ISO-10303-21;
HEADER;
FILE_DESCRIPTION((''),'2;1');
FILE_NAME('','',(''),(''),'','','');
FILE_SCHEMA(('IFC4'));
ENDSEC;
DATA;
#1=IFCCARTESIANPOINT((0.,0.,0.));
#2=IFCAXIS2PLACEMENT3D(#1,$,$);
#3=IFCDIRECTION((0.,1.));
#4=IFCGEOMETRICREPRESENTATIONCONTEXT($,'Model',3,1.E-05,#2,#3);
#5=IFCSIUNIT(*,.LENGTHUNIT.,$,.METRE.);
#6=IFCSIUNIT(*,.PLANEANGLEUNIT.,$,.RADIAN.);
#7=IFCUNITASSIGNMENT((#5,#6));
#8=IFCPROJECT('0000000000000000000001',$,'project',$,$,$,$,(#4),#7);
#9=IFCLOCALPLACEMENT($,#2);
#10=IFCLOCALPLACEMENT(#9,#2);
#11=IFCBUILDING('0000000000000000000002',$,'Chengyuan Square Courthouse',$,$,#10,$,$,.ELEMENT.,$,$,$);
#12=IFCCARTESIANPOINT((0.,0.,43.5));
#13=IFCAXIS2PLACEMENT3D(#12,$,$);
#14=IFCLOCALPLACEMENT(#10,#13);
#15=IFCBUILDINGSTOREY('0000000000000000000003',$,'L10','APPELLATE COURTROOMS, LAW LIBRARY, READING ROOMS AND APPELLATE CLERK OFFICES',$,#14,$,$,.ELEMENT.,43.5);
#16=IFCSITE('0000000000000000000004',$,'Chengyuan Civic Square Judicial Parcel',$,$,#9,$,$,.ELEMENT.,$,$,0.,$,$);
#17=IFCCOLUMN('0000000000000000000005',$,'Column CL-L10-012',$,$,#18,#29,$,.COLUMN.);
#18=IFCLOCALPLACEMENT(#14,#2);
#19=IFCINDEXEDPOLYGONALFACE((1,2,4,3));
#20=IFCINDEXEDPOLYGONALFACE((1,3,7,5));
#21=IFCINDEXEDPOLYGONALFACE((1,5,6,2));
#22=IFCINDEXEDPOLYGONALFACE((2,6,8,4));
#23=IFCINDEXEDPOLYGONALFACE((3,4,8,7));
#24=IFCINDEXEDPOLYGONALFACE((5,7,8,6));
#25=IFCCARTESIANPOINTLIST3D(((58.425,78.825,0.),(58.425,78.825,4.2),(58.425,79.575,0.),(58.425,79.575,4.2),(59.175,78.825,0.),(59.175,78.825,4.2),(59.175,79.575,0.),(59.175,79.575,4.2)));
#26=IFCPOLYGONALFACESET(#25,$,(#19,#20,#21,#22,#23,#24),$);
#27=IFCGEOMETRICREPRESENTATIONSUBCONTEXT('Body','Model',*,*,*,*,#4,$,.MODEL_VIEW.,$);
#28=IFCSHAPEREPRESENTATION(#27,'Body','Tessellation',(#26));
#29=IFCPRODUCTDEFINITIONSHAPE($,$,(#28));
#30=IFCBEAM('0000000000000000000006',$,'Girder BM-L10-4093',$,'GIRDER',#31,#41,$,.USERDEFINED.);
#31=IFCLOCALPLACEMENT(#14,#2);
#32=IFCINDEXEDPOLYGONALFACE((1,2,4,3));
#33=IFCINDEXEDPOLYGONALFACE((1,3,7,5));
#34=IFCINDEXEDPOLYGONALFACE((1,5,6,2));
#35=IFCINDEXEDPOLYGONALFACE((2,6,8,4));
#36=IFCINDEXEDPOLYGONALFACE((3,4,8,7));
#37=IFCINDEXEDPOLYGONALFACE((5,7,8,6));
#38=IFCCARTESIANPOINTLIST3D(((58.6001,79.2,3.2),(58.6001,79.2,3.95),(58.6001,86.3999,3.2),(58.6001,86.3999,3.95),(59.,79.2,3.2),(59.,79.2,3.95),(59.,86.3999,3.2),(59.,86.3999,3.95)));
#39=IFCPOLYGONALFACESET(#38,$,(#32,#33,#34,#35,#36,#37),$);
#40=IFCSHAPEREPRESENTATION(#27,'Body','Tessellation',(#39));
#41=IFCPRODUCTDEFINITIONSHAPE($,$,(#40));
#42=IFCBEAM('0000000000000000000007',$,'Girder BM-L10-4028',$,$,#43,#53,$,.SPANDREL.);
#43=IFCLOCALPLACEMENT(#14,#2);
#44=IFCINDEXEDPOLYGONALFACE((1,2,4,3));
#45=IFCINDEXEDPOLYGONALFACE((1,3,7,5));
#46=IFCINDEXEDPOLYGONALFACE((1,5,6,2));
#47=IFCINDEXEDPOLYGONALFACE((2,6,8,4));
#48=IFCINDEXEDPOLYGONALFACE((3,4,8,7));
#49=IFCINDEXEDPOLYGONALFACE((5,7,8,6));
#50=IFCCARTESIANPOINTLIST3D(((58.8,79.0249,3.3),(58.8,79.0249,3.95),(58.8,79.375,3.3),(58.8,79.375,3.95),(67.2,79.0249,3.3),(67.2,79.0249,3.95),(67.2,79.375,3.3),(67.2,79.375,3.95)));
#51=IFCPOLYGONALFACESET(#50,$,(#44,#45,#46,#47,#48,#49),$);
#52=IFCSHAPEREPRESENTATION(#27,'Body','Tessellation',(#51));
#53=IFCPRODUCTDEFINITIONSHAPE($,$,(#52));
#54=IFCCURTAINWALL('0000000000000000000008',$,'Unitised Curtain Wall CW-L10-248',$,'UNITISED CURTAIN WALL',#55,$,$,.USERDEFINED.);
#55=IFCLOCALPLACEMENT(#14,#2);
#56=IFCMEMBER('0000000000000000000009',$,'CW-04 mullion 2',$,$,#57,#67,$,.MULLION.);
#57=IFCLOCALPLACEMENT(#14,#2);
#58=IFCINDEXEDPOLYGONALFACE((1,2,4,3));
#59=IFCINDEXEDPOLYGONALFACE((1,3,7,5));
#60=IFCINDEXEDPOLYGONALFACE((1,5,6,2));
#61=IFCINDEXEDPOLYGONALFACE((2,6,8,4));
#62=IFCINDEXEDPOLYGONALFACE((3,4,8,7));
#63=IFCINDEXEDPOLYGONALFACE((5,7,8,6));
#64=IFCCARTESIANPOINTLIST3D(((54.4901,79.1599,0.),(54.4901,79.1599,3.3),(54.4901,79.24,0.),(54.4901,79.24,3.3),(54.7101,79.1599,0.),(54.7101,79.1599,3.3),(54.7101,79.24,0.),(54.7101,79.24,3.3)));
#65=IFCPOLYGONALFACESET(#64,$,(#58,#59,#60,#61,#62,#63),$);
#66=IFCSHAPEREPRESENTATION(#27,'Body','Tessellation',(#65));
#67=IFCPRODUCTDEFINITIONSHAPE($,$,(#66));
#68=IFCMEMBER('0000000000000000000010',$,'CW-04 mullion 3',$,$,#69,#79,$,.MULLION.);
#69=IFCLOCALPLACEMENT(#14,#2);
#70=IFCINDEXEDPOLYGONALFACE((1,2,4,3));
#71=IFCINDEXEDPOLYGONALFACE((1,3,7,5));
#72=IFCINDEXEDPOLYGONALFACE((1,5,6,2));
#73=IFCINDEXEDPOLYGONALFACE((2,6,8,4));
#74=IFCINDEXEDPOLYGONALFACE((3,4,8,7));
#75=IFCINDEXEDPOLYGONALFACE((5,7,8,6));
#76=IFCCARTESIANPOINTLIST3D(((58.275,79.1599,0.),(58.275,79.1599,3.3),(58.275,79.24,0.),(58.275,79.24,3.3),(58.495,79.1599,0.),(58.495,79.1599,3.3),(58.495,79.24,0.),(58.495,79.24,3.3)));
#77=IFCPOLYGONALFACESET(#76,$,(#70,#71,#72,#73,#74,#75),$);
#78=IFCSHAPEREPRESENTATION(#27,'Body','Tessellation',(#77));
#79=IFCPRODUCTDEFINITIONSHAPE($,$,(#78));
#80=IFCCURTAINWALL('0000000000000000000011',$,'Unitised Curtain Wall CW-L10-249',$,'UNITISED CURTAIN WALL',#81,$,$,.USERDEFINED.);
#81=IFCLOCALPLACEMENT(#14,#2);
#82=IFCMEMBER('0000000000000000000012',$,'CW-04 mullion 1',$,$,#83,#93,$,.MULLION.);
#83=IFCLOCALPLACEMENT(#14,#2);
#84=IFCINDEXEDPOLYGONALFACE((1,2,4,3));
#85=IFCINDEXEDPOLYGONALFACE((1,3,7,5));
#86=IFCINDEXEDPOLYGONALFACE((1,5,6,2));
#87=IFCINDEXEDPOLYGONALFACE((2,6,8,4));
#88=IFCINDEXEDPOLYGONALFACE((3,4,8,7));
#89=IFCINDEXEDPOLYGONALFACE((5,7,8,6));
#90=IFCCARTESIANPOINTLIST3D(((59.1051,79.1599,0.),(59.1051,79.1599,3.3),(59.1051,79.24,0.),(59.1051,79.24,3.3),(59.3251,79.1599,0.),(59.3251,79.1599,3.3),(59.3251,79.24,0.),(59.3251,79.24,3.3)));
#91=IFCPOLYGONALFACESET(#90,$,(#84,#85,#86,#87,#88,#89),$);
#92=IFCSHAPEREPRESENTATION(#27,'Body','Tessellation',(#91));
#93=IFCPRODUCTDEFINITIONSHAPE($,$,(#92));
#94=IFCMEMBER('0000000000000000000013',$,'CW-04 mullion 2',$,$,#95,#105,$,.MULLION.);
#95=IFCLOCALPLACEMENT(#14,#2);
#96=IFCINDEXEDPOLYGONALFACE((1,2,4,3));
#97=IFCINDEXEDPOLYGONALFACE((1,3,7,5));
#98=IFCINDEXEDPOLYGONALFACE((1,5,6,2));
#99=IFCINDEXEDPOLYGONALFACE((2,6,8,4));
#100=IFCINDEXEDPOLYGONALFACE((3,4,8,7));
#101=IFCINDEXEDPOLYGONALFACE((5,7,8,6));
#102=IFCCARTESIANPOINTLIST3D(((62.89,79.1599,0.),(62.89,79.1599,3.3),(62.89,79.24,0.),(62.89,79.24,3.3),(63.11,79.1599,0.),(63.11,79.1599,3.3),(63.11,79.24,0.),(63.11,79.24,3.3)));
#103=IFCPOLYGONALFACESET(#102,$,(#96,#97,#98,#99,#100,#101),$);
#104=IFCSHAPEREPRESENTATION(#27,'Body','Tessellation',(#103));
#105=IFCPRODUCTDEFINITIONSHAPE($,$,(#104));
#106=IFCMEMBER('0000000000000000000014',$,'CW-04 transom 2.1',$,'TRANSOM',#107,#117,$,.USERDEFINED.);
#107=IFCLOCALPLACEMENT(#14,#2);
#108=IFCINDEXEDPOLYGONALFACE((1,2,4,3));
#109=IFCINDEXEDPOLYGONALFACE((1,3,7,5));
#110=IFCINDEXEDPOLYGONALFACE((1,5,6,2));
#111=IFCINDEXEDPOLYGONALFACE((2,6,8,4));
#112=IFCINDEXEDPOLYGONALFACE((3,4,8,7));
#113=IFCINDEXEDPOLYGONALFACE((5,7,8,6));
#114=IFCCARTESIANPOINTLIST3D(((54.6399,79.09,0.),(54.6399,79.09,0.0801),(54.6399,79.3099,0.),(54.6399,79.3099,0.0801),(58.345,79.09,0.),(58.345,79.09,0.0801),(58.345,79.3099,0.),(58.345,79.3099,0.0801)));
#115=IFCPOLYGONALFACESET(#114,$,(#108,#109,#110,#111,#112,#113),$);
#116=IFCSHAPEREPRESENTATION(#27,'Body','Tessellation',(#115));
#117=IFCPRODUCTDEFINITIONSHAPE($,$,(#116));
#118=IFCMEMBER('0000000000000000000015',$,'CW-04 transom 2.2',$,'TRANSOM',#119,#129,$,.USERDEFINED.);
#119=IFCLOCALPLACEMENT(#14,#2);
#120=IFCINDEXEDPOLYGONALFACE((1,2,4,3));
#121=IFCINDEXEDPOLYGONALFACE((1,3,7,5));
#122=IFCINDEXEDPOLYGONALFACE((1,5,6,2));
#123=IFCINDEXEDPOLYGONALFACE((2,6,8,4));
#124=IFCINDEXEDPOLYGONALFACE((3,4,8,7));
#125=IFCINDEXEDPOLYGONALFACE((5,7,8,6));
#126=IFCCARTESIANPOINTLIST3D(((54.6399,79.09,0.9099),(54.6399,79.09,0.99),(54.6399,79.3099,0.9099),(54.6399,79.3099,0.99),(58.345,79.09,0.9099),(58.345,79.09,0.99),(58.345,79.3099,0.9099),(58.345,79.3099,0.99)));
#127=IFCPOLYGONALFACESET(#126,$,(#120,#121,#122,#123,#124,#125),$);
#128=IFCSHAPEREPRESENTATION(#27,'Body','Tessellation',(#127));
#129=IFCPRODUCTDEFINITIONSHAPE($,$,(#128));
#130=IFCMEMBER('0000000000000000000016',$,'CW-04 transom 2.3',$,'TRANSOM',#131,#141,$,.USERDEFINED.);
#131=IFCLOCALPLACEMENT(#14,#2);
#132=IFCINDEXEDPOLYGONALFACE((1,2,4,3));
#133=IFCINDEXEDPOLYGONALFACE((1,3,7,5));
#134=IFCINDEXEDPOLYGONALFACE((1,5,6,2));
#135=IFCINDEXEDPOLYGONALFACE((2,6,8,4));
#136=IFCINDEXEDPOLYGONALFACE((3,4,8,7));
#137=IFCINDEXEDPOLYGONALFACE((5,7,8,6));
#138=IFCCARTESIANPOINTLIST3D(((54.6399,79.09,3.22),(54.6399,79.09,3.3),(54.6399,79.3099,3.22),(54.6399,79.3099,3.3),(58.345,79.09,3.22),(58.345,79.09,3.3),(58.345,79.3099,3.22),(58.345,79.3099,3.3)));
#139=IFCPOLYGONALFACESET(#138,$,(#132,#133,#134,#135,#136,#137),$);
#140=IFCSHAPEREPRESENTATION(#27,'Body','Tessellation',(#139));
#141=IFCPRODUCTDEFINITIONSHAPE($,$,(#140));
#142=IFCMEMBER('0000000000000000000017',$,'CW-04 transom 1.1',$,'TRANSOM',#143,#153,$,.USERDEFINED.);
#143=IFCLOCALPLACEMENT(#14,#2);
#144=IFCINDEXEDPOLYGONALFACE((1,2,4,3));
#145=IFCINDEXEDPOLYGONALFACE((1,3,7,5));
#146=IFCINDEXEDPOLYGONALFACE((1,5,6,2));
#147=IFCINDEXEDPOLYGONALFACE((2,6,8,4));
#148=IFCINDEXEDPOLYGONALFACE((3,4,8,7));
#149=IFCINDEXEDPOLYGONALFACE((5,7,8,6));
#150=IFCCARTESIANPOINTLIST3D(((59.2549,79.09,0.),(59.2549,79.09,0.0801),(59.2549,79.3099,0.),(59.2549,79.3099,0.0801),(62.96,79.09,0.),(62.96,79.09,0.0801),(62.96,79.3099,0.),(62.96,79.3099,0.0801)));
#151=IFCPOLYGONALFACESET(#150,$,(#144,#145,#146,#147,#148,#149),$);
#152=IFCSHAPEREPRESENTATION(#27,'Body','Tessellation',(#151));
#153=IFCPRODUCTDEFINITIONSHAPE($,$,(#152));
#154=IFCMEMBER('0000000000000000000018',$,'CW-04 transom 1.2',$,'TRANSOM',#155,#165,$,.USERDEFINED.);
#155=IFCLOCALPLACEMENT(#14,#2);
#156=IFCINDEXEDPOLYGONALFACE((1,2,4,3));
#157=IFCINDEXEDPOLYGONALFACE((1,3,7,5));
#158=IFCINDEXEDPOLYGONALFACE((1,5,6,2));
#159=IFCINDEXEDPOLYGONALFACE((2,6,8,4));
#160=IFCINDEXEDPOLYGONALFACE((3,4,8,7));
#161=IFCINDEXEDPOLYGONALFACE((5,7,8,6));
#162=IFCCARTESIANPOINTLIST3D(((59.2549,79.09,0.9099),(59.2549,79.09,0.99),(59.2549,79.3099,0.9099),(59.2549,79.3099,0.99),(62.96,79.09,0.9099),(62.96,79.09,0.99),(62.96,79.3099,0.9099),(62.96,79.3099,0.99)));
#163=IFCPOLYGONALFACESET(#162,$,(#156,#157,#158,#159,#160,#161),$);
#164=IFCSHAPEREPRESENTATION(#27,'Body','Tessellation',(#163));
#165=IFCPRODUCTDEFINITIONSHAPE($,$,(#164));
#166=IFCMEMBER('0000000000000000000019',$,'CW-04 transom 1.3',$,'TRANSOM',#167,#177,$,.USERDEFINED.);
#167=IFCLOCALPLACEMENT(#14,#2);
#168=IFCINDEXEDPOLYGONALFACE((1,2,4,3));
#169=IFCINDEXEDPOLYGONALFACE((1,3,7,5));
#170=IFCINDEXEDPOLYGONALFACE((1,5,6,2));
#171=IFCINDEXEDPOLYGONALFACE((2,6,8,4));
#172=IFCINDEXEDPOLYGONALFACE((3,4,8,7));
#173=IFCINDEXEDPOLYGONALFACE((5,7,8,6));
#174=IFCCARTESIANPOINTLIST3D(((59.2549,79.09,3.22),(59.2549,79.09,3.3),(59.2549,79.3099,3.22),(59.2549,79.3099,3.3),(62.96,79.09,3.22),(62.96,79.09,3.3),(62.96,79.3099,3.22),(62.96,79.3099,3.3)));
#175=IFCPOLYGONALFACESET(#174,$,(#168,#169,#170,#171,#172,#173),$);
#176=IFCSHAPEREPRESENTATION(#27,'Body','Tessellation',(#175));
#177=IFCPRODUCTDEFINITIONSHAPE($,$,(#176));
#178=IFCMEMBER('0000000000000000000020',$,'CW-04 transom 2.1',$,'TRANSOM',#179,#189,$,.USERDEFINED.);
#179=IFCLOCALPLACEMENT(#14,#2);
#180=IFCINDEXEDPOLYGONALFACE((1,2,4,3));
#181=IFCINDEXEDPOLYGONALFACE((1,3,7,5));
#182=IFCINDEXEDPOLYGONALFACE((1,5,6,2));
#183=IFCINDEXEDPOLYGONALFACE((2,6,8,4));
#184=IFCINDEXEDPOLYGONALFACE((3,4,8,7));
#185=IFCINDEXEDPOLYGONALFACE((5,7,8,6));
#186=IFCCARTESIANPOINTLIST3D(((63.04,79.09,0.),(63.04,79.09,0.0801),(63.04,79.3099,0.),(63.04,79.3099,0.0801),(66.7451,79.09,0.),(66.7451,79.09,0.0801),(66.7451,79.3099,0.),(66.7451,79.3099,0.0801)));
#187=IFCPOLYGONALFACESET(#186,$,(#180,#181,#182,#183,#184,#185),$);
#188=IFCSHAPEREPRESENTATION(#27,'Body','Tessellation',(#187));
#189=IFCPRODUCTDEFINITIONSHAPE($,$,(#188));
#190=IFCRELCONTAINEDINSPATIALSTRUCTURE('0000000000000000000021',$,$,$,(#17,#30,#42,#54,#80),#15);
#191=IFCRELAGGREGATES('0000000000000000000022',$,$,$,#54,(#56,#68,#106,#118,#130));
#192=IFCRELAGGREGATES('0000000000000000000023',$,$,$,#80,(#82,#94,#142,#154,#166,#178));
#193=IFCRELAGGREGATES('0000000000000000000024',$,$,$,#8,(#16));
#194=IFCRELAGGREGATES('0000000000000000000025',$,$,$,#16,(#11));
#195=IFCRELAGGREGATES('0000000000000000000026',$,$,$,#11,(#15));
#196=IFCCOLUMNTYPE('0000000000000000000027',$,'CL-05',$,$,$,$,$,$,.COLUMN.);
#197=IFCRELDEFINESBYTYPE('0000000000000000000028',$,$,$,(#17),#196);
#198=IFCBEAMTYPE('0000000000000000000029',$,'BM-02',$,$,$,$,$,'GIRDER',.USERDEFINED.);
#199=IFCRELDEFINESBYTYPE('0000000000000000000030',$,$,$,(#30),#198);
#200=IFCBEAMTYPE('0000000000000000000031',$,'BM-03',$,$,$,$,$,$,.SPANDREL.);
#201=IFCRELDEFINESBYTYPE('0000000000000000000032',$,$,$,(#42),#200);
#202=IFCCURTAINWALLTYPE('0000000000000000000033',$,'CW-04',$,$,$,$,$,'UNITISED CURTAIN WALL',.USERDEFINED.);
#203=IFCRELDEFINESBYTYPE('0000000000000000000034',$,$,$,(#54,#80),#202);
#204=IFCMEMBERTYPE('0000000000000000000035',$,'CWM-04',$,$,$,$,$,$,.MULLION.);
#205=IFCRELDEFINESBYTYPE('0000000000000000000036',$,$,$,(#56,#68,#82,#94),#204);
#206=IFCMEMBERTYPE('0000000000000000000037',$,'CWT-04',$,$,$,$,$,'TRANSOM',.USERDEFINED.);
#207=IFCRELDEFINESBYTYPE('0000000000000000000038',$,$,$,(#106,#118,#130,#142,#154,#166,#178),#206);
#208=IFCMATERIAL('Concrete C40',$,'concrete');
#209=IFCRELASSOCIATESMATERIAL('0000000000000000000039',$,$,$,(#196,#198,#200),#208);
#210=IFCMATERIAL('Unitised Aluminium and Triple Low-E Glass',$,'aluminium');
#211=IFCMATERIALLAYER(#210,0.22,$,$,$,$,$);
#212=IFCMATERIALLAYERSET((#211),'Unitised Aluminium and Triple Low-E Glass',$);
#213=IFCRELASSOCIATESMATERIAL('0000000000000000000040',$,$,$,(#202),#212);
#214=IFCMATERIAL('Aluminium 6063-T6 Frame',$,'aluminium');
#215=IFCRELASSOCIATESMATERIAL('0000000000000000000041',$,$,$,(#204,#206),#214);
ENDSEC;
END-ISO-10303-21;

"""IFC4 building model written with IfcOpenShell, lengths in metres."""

from ifc_helpers import new_model, si_unit, direction, frame, origin, origin_2d, place, context, subcontext, project, spatial, rectangle, extrude, material, layer, layer_set, material_profile, profile_set, type_object, element, aggregate, save


model = new_model("IFC4")

# Units and contexts
model_context = context("Model", 3, precision=1e-05, world=origin(), true_north=direction((0.0, 1.0)))
body_context = subcontext(model_context, "Body", "Model", "MODEL_VIEW")
ifc_project = project(units=[si_unit("LENGTHUNIT", "METRE"), si_unit("PLANEANGLEUNIT", "RADIAN")], contexts=[model_context])

# Site, building, storey
site_placement = place(None, origin())
site = spatial("IfcSite", under=ifc_project, at=site_placement, Name="Chengyuan Civic Square Judicial Parcel", CompositionType="ELEMENT", RefElevation=0.0)
building_placement = place(site_placement, origin())
building = spatial("IfcBuilding", under=site, at=building_placement, Name="Chengyuan Square Courthouse", CompositionType="ELEMENT")
storey_placement = place(building_placement, frame((0.0, 0.0, 43.5)))
storey = spatial("IfcBuildingStorey", under=building, at=storey_placement, Name="L10", Description="APPELLATE COURTROOMS, LAW LIBRARY, READING ROOMS AND APPELLATE CLERK OFFICES", CompositionType="ELEMENT", Elevation=43.5)

# Column
ifc_material_1 = material(Name="Concrete C40", Category="concrete")
ifc_material_profile_1 = material_profile(ifc_material_1, rectangle(XDim=0.75, YDim=0.75, at=origin_2d()), Name="RC-COL-750x750")
ifc_profile_set_1 = profile_set([ifc_material_profile_1], Name="Concrete C40")
column_type = type_object("IfcColumnType", Name="CL-05", PredefinedType="COLUMN", material=ifc_profile_set_1)
column_placement = place(storey_placement, frame((58.8, 79.2, 0.0), z_axis=(0.0, 0.0, 1.0), x_axis=(1.0, 0.0, 0.0)))
element("IfcColumn", 1, at=column_placement, inside=storey, type_object=column_type, Name="Column CL-L10-012", PredefinedType="COLUMN", context=body_context, shape_type="SweptSolid", body=[
    extrude(rectangle(XDim=0.75, YDim=0.75, at=origin_2d()), origin(), (0.0, 0.0, 1.0), 4.2),
])

# Beams
ifc_material_profile_2 = material_profile(ifc_material_1, rectangle(XDim=0.3999, YDim=0.75, at=origin_2d()), Name="RC-BM-400x750")
ifc_profile_set_2 = profile_set([ifc_material_profile_2], Name="Concrete C40")
beam_type_1 = type_object("IfcBeamType", Name="BM-02", ElementType="GIRDER", PredefinedType="USERDEFINED", material=ifc_profile_set_2)
beam_1_placement = place(storey_placement, frame((58.8, 79.2, 3.575), z_axis=(0.0, 1.0, 0.0), x_axis=(-1.0, 0.0, 0.0)))
element("IfcBeam", 2, at=beam_1_placement, inside=storey, type_object=beam_type_1, Name="Girder BM-L10-4093", ObjectType="GIRDER", PredefinedType="USERDEFINED", context=body_context, shape_type="SweptSolid", body=[
    extrude(rectangle(XDim=0.3999, YDim=0.75, at=origin_2d()), origin(), (0.0, 0.0, 1.0), 7.2),
])
ifc_material_profile_3 = material_profile(ifc_material_1, rectangle(XDim=0.3501, YDim=0.6499, at=origin_2d()), Name="RC-BM-350x650")
ifc_profile_set_3 = profile_set([ifc_material_profile_3], Name="Concrete C40")
beam_type_2 = type_object("IfcBeamType", Name="BM-03", PredefinedType="SPANDREL", material=ifc_profile_set_3)
beam_2_placement = place(storey_placement, frame((58.8, 79.2, 3.625), z_axis=(1.0, 0.0, 0.0), x_axis=(0.0, 1.0, 0.0)))
element("IfcBeam", 3, at=beam_2_placement, inside=storey, type_object=beam_type_2, Name="Girder BM-L10-4028", PredefinedType="SPANDREL", context=body_context, shape_type="SweptSolid", body=[
    extrude(rectangle(XDim=0.3501, YDim=0.6499, at=origin_2d()), origin(), (0.0, 0.0, 1.0), 8.3999),
])

# Curtain walls, members
ifc_material_2 = material(Name="Unitised Aluminium and Triple Low-E Glass", Category="aluminium")
ifc_layer_1 = layer(ifc_material_2, 0.22)
ifc_layer_set_1 = layer_set([ifc_layer_1], Name="Unitised Aluminium and Triple Low-E Glass")
curtain_wall_type = type_object("IfcCurtainWallType", Name="CW-04", ElementType="UNITISED CURTAIN WALL", PredefinedType="USERDEFINED", material=ifc_layer_set_1)
curtain_wall_1_placement = place(storey_placement, origin())
curtain_wall_1 = element("IfcCurtainWall", 4, at=curtain_wall_1_placement, inside=storey, type_object=curtain_wall_type, Name="Unitised Curtain Wall CW-L10-248", ObjectType="UNITISED CURTAIN WALL", PredefinedType="USERDEFINED")
ifc_material_3 = material(Name="Aluminium 6063-T6 Frame", Category="aluminium")
ifc_material_profile_4 = material_profile(ifc_material_3, rectangle(XDim=0.0801, YDim=0.22, at=origin_2d()), Name="CW-MUL-80x220")
ifc_profile_set_4 = profile_set([ifc_material_profile_4], Name="Aluminium 6063-T6 Frame")
member_type_1 = type_object("IfcMemberType", Name="CWM-04", PredefinedType="MULLION", material=ifc_profile_set_4)
member_1_placement = place(storey_placement, frame((54.6001, 79.2, 0.0), z_axis=(0.0, 0.0, 1.0), x_axis=(0.0, 1.0, 0.0)))
member_1 = element("IfcMember", 5, at=member_1_placement, type_object=member_type_1, Name="CW-04 mullion 2", PredefinedType="MULLION", context=body_context, shape_type="SweptSolid", body=[
    extrude(rectangle(XDim=0.0801, YDim=0.22, at=origin_2d()), origin(), (0.0, 0.0, 1.0), 3.3),
])
member_2_placement = place(storey_placement, frame((58.385, 79.2, 0.0), z_axis=(0.0, 0.0, 1.0), x_axis=(0.0, 1.0, 0.0)))
member_2 = element("IfcMember", 6, at=member_2_placement, type_object=member_type_1, Name="CW-04 mullion 3", PredefinedType="MULLION", context=body_context, shape_type="SweptSolid", body=[
    extrude(rectangle(XDim=0.0801, YDim=0.22, at=origin_2d()), origin(), (0.0, 0.0, 1.0), 3.3),
])
curtain_wall_2_placement = place(storey_placement, origin())
curtain_wall_2 = element("IfcCurtainWall", 7, at=curtain_wall_2_placement, inside=storey, type_object=curtain_wall_type, Name="Unitised Curtain Wall CW-L10-249", ObjectType="UNITISED CURTAIN WALL", PredefinedType="USERDEFINED")
member_3_placement = place(storey_placement, frame((59.2151, 79.2, 0.0), z_axis=(0.0, 0.0, 1.0), x_axis=(0.0, 1.0, 0.0)))
member_3 = element("IfcMember", 8, at=member_3_placement, type_object=member_type_1, Name="CW-04 mullion 1", PredefinedType="MULLION", context=body_context, shape_type="SweptSolid", body=[
    extrude(rectangle(XDim=0.0801, YDim=0.22, at=origin_2d()), origin(), (0.0, 0.0, 1.0), 3.3),
])
member_4_placement = place(storey_placement, frame((63.0, 79.2, 0.0), z_axis=(0.0, 0.0, 1.0), x_axis=(0.0, 1.0, 0.0)))
member_4 = element("IfcMember", 9, at=member_4_placement, type_object=member_type_1, Name="CW-04 mullion 2", PredefinedType="MULLION", context=body_context, shape_type="SweptSolid", body=[
    extrude(rectangle(XDim=0.0801, YDim=0.22, at=origin_2d()), origin(), (0.0, 0.0, 1.0), 3.3),
])

# Members
ifc_material_profile_5 = material_profile(ifc_material_3, rectangle(XDim=0.22, YDim=0.0801, at=origin_2d()), Name="CW-TRN-80x180")
ifc_profile_set_5 = profile_set([ifc_material_profile_5], Name="Aluminium 6063-T6 Frame")
member_type_2 = type_object("IfcMemberType", Name="CWT-04", ElementType="TRANSOM", PredefinedType="USERDEFINED", material=ifc_profile_set_5)
member_5_placement = place(storey_placement, frame((54.6399, 79.2, 0.04), z_axis=(1.0, 0.0, 0.0), x_axis=(0.0, 1.0, 0.0)))
member_5 = element("IfcMember", 10, at=member_5_placement, type_object=member_type_2, Name="CW-04 transom 2.1", ObjectType="TRANSOM", PredefinedType="USERDEFINED", context=body_context, shape_type="SweptSolid", body=[
    extrude(rectangle(XDim=0.22, YDim=0.0801, at=origin_2d()), origin(), (0.0, 0.0, 1.0), 3.7051),
])
member_6_placement = place(storey_placement, frame((54.6399, 79.2, 0.95), z_axis=(1.0, 0.0, 0.0), x_axis=(0.0, 1.0, 0.0)))
member_6 = element("IfcMember", 11, at=member_6_placement, type_object=member_type_2, Name="CW-04 transom 2.2", ObjectType="TRANSOM", PredefinedType="USERDEFINED", context=body_context, shape_type="SweptSolid", body=[
    extrude(rectangle(XDim=0.22, YDim=0.0801, at=origin_2d()), origin(), (0.0, 0.0, 1.0), 3.7051),
])
member_7_placement = place(storey_placement, frame((54.6399, 79.2, 3.26), z_axis=(1.0, 0.0, 0.0), x_axis=(0.0, 1.0, 0.0)))
member_7 = element("IfcMember", 12, at=member_7_placement, type_object=member_type_2, Name="CW-04 transom 2.3", ObjectType="TRANSOM", PredefinedType="USERDEFINED", context=body_context, shape_type="SweptSolid", body=[
    extrude(rectangle(XDim=0.22, YDim=0.0801, at=origin_2d()), origin(), (0.0, 0.0, 1.0), 3.7051),
])
member_8_placement = place(storey_placement, frame((59.2549, 79.2, 0.04), z_axis=(1.0, 0.0, 0.0), x_axis=(0.0, 1.0, 0.0)))
member_8 = element("IfcMember", 13, at=member_8_placement, type_object=member_type_2, Name="CW-04 transom 1.1", ObjectType="TRANSOM", PredefinedType="USERDEFINED", context=body_context, shape_type="SweptSolid", body=[
    extrude(rectangle(XDim=0.22, YDim=0.0801, at=origin_2d()), origin(), (0.0, 0.0, 1.0), 3.7051),
])
member_9_placement = place(storey_placement, frame((59.2549, 79.2, 0.95), z_axis=(1.0, 0.0, 0.0), x_axis=(0.0, 1.0, 0.0)))
member_9 = element("IfcMember", 14, at=member_9_placement, type_object=member_type_2, Name="CW-04 transom 1.2", ObjectType="TRANSOM", PredefinedType="USERDEFINED", context=body_context, shape_type="SweptSolid", body=[
    extrude(rectangle(XDim=0.22, YDim=0.0801, at=origin_2d()), origin(), (0.0, 0.0, 1.0), 3.7051),
])
member_10_placement = place(storey_placement, frame((59.2549, 79.2, 3.26), z_axis=(1.0, 0.0, 0.0), x_axis=(0.0, 1.0, 0.0)))
member_10 = element("IfcMember", 15, at=member_10_placement, type_object=member_type_2, Name="CW-04 transom 1.3", ObjectType="TRANSOM", PredefinedType="USERDEFINED", context=body_context, shape_type="SweptSolid", body=[
    extrude(rectangle(XDim=0.22, YDim=0.0801, at=origin_2d()), origin(), (0.0, 0.0, 1.0), 3.7051),
])
member_11_placement = place(storey_placement, frame((63.04, 79.2, 0.04), z_axis=(1.0, 0.0, 0.0), x_axis=(0.0, 1.0, 0.0)))
member_11 = element("IfcMember", 16, at=member_11_placement, type_object=member_type_2, Name="CW-04 transom 2.1", ObjectType="TRANSOM", PredefinedType="USERDEFINED", context=body_context, shape_type="SweptSolid", body=[
    extrude(rectangle(XDim=0.22, YDim=0.0801, at=origin_2d()), origin(), (0.0, 0.0, 1.0), 3.7051),
])

aggregate(curtain_wall_1, [member_1, member_2, member_5, member_6, member_7])
aggregate(curtain_wall_2, [member_3, member_4, member_8, member_9, member_10, member_11])

save(model, "model.ifc")
